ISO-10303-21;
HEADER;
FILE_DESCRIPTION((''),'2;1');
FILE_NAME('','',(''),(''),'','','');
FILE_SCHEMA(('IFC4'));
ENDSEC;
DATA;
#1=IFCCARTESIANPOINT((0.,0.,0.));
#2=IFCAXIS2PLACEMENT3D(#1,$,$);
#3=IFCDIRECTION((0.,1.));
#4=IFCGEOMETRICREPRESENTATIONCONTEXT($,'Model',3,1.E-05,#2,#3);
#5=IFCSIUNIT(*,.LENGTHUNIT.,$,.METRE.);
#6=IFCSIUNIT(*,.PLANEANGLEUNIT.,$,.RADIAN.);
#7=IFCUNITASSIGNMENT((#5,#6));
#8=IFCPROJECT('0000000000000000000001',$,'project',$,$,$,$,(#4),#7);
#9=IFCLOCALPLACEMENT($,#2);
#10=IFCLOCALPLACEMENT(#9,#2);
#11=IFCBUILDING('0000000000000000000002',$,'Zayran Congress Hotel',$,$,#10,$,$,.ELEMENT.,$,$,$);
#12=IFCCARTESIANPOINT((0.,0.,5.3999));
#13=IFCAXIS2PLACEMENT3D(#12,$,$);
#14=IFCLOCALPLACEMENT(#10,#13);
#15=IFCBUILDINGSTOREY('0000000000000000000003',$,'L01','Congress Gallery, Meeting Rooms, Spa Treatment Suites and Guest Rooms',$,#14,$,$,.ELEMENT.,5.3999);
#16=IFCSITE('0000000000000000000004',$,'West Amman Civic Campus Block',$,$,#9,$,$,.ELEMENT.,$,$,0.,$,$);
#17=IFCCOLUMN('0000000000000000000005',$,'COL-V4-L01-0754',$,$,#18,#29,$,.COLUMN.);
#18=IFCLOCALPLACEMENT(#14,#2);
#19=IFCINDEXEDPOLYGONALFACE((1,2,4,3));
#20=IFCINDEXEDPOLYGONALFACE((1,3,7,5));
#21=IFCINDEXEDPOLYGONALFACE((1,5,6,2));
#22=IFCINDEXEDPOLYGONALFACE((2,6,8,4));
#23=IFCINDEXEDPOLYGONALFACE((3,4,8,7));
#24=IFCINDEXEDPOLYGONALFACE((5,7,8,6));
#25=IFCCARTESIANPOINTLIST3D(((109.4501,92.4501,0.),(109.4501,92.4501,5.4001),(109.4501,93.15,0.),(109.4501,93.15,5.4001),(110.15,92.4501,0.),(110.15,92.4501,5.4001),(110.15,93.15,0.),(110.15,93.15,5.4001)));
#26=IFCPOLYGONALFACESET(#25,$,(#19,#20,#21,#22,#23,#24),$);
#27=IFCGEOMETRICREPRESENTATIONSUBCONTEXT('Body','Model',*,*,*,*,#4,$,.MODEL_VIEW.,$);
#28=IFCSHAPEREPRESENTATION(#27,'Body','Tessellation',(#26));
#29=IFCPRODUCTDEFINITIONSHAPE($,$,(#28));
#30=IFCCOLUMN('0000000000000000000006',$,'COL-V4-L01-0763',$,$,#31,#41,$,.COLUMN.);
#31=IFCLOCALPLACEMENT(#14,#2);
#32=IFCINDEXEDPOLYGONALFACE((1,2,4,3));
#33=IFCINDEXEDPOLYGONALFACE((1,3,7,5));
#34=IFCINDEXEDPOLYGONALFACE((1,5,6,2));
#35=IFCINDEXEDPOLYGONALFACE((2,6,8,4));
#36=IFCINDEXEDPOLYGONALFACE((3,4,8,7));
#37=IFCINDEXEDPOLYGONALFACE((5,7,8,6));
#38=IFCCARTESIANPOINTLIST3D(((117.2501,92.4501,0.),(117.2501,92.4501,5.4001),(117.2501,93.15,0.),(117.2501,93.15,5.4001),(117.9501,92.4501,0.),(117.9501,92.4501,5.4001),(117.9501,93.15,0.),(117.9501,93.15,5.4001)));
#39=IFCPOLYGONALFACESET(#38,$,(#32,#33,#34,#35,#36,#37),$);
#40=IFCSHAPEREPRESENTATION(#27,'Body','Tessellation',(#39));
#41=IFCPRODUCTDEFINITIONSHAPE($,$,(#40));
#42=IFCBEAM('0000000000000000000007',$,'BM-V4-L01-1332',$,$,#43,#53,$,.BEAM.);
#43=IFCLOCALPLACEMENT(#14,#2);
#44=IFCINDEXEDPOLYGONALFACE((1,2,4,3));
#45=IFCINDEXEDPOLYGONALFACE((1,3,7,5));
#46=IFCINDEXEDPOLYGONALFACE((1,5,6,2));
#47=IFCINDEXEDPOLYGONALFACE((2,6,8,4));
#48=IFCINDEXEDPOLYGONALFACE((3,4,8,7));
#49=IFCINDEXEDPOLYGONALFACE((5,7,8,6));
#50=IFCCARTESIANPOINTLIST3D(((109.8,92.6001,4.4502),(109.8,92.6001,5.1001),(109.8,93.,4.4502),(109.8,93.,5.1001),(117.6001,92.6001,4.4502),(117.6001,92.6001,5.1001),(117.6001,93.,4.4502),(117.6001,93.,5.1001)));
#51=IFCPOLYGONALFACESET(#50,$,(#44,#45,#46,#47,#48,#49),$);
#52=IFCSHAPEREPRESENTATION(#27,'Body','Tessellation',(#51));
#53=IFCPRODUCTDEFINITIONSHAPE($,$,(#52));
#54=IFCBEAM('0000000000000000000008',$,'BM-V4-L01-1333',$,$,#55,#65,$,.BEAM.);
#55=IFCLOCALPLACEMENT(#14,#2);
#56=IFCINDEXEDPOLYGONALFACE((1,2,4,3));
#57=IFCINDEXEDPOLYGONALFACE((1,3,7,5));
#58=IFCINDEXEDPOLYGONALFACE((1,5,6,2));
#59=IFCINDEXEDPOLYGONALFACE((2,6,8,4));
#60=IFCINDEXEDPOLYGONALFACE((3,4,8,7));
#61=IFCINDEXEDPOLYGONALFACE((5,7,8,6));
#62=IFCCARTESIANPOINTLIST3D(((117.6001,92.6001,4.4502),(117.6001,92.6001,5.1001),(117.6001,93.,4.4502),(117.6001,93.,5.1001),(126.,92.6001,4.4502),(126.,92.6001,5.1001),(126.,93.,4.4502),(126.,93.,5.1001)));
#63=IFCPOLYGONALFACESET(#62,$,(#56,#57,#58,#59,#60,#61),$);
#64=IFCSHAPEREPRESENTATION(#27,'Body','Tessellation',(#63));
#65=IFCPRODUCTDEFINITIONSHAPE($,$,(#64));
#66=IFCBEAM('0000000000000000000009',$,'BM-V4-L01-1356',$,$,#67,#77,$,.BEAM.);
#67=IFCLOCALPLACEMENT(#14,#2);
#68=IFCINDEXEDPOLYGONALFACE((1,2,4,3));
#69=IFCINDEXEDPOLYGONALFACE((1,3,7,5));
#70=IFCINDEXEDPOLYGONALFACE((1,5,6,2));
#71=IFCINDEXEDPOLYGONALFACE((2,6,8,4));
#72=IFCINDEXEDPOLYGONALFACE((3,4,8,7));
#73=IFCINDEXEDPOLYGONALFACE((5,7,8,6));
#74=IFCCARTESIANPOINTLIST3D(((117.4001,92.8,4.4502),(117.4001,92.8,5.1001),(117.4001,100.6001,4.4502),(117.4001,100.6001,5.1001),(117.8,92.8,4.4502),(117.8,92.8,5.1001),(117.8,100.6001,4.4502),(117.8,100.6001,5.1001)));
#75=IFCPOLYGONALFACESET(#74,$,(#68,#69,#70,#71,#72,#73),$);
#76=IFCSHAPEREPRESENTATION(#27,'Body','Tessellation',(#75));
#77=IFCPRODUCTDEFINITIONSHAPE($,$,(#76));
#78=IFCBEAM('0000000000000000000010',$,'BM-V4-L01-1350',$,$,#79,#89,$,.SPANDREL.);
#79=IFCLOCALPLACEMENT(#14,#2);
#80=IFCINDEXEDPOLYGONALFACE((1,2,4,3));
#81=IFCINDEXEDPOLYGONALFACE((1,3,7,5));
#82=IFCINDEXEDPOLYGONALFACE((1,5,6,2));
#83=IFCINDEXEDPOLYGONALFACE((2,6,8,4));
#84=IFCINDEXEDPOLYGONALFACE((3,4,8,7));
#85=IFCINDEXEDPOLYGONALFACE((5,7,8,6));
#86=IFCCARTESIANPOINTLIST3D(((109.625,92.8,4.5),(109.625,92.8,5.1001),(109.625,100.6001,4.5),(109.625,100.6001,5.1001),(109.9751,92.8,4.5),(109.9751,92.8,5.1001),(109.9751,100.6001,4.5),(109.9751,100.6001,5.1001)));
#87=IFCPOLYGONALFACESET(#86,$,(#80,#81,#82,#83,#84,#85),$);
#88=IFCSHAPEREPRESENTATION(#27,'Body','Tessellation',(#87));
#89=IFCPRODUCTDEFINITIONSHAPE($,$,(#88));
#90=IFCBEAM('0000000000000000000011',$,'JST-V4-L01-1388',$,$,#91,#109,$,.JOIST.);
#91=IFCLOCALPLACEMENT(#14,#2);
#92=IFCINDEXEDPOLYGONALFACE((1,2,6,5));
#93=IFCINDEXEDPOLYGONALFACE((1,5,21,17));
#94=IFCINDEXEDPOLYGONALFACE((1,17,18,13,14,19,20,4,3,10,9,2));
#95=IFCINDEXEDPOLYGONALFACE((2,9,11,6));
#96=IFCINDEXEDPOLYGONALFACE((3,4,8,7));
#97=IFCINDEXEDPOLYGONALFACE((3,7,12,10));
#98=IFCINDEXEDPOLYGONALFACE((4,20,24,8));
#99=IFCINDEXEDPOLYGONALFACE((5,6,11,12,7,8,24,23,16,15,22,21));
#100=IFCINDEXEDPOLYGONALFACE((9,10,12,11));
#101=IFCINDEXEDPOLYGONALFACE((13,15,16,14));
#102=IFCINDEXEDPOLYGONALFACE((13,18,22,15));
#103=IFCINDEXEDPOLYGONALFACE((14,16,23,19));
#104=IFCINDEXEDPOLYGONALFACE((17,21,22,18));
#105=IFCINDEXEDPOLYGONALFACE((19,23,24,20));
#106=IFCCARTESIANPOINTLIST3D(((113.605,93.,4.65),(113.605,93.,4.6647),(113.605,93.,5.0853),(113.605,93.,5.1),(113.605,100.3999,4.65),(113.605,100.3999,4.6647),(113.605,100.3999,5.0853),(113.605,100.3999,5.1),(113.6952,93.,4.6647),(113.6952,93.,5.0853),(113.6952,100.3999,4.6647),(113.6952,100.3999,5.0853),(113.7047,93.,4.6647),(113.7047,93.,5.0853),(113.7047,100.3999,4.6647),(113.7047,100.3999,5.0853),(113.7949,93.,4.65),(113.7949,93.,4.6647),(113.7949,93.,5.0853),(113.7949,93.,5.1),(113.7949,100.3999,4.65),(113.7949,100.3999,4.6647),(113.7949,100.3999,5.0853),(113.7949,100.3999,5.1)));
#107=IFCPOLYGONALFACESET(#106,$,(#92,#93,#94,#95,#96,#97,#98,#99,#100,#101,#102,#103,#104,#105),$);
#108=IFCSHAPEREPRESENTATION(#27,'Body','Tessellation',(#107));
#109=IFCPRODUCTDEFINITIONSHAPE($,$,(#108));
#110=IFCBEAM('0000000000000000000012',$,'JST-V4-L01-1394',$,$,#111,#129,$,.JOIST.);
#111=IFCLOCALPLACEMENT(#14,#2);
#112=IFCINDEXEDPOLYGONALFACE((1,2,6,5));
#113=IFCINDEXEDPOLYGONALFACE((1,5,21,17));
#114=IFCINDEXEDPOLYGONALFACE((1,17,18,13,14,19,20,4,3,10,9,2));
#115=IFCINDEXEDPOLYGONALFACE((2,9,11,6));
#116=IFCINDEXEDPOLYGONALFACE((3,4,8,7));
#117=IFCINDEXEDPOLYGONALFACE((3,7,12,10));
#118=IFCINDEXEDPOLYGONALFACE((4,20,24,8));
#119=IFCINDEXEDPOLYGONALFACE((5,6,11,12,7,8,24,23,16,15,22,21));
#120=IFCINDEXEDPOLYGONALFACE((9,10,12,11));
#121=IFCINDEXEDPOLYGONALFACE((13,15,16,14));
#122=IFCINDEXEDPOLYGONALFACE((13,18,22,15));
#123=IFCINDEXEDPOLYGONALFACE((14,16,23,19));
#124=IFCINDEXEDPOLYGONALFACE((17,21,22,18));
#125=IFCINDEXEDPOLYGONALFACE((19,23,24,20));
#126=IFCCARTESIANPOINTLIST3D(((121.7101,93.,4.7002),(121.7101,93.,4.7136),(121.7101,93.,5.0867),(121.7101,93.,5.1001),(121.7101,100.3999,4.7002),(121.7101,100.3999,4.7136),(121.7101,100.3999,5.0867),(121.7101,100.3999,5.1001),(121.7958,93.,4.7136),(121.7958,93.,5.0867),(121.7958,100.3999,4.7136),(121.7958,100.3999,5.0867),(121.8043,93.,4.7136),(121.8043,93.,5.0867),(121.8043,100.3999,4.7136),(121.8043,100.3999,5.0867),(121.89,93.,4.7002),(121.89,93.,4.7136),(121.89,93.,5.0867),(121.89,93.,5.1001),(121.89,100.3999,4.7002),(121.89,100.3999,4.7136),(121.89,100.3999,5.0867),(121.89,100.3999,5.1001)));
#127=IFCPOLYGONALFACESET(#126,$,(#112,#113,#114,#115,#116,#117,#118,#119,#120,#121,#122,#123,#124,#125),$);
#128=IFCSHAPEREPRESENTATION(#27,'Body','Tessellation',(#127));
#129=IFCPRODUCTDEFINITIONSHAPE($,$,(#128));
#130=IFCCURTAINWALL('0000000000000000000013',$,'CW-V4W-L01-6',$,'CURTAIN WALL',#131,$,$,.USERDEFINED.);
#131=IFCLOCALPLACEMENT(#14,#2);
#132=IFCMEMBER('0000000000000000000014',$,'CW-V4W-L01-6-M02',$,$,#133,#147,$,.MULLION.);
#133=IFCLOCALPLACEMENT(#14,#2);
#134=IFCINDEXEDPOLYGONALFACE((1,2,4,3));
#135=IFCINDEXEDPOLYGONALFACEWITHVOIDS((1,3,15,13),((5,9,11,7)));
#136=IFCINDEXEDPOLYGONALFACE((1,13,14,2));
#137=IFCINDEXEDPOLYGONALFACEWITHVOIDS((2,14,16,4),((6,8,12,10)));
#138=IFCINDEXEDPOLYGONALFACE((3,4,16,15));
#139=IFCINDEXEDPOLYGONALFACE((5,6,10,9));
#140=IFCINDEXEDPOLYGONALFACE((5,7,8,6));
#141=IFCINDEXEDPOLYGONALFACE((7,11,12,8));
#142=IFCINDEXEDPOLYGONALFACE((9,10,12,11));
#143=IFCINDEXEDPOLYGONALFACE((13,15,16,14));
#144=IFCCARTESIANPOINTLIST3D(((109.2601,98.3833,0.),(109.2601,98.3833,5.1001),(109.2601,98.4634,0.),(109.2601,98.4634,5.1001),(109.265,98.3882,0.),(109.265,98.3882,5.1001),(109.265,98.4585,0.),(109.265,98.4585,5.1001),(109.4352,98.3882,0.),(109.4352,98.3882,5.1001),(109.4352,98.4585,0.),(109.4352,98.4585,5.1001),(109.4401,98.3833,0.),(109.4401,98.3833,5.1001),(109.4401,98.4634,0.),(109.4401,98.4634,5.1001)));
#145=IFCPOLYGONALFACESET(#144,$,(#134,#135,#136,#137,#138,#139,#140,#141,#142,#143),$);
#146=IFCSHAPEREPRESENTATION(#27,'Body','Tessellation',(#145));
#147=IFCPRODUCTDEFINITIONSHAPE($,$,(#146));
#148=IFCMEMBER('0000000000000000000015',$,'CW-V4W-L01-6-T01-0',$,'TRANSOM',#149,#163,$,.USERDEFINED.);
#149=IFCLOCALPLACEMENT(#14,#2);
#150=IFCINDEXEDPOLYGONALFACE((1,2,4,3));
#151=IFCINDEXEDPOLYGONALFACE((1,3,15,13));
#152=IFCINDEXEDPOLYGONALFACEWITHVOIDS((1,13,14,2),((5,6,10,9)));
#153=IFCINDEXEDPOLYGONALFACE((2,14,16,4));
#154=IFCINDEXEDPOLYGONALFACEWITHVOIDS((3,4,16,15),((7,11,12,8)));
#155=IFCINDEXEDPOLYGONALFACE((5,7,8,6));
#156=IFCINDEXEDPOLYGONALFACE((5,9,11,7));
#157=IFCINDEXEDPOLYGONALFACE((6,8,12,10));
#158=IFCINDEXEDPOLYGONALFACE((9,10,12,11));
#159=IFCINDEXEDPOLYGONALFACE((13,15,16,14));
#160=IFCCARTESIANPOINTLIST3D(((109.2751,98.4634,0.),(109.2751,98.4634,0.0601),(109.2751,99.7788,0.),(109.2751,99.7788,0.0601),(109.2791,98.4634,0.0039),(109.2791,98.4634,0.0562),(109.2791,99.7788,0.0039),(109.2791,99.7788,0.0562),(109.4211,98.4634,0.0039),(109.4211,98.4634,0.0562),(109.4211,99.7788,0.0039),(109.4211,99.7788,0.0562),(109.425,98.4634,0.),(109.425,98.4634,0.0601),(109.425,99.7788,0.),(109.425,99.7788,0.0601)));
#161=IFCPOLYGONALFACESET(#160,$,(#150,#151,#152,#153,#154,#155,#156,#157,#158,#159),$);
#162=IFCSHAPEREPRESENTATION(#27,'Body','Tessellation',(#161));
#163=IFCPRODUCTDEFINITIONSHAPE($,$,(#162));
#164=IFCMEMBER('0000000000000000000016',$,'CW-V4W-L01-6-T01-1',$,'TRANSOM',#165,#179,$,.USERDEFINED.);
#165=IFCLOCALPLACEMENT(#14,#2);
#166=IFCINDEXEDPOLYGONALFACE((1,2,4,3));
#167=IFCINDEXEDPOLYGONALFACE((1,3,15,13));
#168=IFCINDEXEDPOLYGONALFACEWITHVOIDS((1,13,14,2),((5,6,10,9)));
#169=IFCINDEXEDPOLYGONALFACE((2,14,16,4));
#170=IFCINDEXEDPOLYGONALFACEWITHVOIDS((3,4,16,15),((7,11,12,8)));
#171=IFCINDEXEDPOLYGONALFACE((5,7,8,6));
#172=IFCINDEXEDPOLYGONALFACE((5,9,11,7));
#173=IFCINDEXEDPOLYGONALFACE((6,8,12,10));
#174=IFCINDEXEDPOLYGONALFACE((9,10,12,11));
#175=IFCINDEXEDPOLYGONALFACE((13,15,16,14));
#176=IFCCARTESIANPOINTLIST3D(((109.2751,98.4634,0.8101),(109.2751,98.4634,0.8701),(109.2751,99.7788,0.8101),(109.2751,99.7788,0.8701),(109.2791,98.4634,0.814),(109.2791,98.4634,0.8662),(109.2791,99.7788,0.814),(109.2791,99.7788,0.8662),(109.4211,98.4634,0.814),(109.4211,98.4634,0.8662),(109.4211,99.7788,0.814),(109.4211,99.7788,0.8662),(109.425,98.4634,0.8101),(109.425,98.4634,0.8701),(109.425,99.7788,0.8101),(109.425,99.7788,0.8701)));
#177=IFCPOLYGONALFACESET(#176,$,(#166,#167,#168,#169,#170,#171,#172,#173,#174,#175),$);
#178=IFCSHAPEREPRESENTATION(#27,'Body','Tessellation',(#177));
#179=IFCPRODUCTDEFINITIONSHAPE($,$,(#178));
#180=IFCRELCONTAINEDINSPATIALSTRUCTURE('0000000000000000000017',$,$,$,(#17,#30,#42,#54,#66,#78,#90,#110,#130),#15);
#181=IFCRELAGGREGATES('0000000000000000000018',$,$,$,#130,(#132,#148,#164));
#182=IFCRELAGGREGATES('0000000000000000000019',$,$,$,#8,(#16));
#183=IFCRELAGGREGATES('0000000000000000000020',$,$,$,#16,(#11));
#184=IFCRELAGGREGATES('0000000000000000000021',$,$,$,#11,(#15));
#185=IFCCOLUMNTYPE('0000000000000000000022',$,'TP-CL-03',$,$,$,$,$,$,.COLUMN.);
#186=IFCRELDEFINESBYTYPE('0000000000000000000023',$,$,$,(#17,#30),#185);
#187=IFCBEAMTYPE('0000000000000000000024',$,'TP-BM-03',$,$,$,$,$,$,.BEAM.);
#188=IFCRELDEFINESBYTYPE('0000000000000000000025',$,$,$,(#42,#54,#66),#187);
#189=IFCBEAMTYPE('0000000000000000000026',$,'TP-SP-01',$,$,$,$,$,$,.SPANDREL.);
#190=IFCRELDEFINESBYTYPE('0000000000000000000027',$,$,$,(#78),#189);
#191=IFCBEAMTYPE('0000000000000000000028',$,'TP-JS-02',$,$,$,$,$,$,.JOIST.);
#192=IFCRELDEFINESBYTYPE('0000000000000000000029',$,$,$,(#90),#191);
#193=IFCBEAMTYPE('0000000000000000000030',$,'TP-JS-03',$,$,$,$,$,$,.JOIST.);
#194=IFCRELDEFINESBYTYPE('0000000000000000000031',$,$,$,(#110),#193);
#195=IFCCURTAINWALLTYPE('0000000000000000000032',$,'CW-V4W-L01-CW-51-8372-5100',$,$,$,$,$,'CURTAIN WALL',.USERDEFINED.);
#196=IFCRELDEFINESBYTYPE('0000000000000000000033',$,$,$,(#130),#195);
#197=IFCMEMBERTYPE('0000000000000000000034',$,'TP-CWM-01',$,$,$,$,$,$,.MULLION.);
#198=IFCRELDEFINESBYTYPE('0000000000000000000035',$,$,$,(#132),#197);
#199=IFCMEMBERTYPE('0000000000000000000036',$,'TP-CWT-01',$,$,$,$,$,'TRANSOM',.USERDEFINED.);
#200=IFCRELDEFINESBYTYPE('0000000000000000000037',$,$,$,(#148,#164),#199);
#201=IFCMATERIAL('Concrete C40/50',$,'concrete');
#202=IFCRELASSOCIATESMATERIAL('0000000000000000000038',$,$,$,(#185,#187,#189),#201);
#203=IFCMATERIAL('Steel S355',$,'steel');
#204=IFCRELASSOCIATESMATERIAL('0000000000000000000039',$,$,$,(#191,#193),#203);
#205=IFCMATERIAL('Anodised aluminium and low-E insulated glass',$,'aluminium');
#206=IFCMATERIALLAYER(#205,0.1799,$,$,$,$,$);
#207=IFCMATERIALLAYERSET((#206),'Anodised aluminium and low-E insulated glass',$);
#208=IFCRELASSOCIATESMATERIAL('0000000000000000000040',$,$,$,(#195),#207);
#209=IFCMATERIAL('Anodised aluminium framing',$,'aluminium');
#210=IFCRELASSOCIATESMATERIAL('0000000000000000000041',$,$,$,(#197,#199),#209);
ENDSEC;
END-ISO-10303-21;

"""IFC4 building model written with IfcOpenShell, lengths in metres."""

from ifc_helpers import new_model, si_unit, direction, frame, origin, origin_2d, place, context, subcontext, project, spatial, rectangle, hollow_rectangle, i_section, extrude, material, layer, layer_set, material_profile, profile_set, type_object, element, aggregate, save


model = new_model("IFC4")

# Units and contexts
model_context = context("Model", 3, precision=1e-05, world=origin(), true_north=direction((0.0, 1.0)))
body_context = subcontext(model_context, "Body", "Model", "MODEL_VIEW")
ifc_project = project(units=[si_unit("LENGTHUNIT", "METRE"), si_unit("PLANEANGLEUNIT", "RADIAN")], contexts=[model_context])

# Site, building, storey
site_placement = place(None, origin())
site = spatial("IfcSite", under=ifc_project, at=site_placement, Name="West Amman Civic Campus Block", CompositionType="ELEMENT", RefElevation=0.0)
building_placement = place(site_placement, origin())
building = spatial("IfcBuilding", under=site, at=building_placement, Name="Zayran Congress Hotel", CompositionType="ELEMENT")
storey_placement = place(building_placement, frame((0.0, 0.0, 5.3999)))
storey = spatial("IfcBuildingStorey", under=building, at=storey_placement, Name="L01", Description="Congress Gallery, Meeting Rooms, Spa Treatment Suites and Guest Rooms", CompositionType="ELEMENT", Elevation=5.3999)

# Columns
ifc_material_1 = material(Name="Concrete C40/50", Category="concrete")
ifc_material_profile_1 = material_profile(ifc_material_1, rectangle(XDim=0.7, YDim=0.7, at=origin_2d()), Name="RC 700x700")
ifc_profile_set_1 = profile_set([ifc_material_profile_1], Name="Concrete C40/50")
column_type = type_object("IfcColumnType", Name="TP-CL-03", PredefinedType="COLUMN", material=ifc_profile_set_1)
for number, where, z_axis, x_axis, name in (
    (1, (109.8, 92.8, 0.0), (0.0, 0.0, 1.0), (1.0, 0.0, 0.0), "COL-V4-L01-0754"),
    (2, (117.6001, 92.8, 0.0), (0.0, 0.0, 1.0), (1.0, 0.0, 0.0), "COL-V4-L01-0763"),
):
    element("IfcColumn", number, at=place(storey_placement, frame(where, z_axis=z_axis, x_axis=x_axis)), inside=storey, type_object=column_type, Name=name, PredefinedType="COLUMN", context=body_context, shape_type="SweptSolid", body=[
        extrude(rectangle(XDim=0.7, YDim=0.7, at=origin_2d()), origin(), (0.0, 0.0, 1.0), 5.4001),
    ])

# Beams
ifc_material_profile_2 = material_profile(ifc_material_1, rectangle(XDim=0.3999, YDim=0.6499, at=origin_2d()), Name="RC 400x650")
ifc_profile_set_2 = profile_set([ifc_material_profile_2], Name="Concrete C40/50")
beam_type_1 = type_object("IfcBeamType", Name="TP-BM-03", PredefinedType="BEAM", material=ifc_profile_set_2)
beam_1_placement = place(storey_placement, frame((109.8, 92.8, 4.7751), z_axis=(1.0, 0.0, 0.0), x_axis=(0.0, 1.0, 0.0)))
element("IfcBeam", 3, at=beam_1_placement, inside=storey, type_object=beam_type_1, Name="BM-V4-L01-1332", PredefinedType="BEAM", context=body_context, shape_type="SweptSolid", body=[
    extrude(rectangle(XDim=0.3999, YDim=0.6499, at=origin_2d()), origin(), (0.0, 0.0, 1.0), 7.8),
])
beam_2_placement = place(storey_placement, frame((117.6001, 92.8, 4.7751), z_axis=(1.0, 0.0, 0.0), x_axis=(0.0, 1.0, 0.0)))
element("IfcBeam", 4, at=beam_2_placement, inside=storey, type_object=beam_type_1, Name="BM-V4-L01-1333", PredefinedType="BEAM", context=body_context, shape_type="SweptSolid", body=[
    extrude(rectangle(XDim=0.3999, YDim=0.6499, at=origin_2d()), origin(), (0.0, 0.0, 1.0), 8.3999),
])
beam_3_placement = place(storey_placement, frame((117.6001, 92.8, 4.7751), z_axis=(0.0, 1.0, 0.0), x_axis=(-1.0, 0.0, 0.0)))
element("IfcBeam", 5, at=beam_3_placement, inside=storey, type_object=beam_type_1, Name="BM-V4-L01-1356", PredefinedType="BEAM", context=body_context, shape_type="SweptSolid", body=[
    extrude(rectangle(XDim=0.3999, YDim=0.6499, at=origin_2d()), origin(), (0.0, 0.0, 1.0), 7.8),
])
ifc_material_profile_3 = material_profile(ifc_material_1, rectangle(XDim=0.3501, YDim=0.6001, at=origin_2d()), Name="RC 350x600")
ifc_profile_set_3 = profile_set([ifc_material_profile_3], Name="Concrete C40/50")
beam_type_2 = type_object("IfcBeamType", Name="TP-SP-01", PredefinedType="SPANDREL", material=ifc_profile_set_3)
beam_4_placement = place(storey_placement, frame((109.8, 92.8, 4.8), z_axis=(0.0, 1.0, 0.0), x_axis=(-1.0, 0.0, 0.0)))
element("IfcBeam", 6, at=beam_4_placement, inside=storey, type_object=beam_type_2, Name="BM-V4-L01-1350", PredefinedType="SPANDREL", context=body_context, shape_type="SweptSolid", body=[
    extrude(rectangle(XDim=0.3501, YDim=0.6001, at=origin_2d()), origin(), (0.0, 0.0, 1.0), 7.8),
])
ifc_material_2 = material(Name="Steel S355", Category="steel")
ifc_material_profile_4 = material_profile(ifc_material_2, i_section(OverallWidth=0.1899, OverallDepth=0.45, WebThickness=0.0095, FlangeThickness=0.0146, at=origin_2d()), Name="IPE 450")
ifc_profile_set_4 = profile_set([ifc_material_profile_4], Name="Steel S355")
beam_type_3 = type_object("IfcBeamType", Name="TP-JS-02", PredefinedType="JOIST", material=ifc_profile_set_4)
beam_5_placement = place(storey_placement, frame((113.7, 93.0, 4.875), z_axis=(0.0, 1.0, 0.0), x_axis=(-1.0, 0.0, 0.0)))
element("IfcBeam", 7, at=beam_5_placement, inside=storey, type_object=beam_type_3, Name="JST-V4-L01-1388", PredefinedType="JOIST", context=body_context, shape_type="SweptSolid", body=[
    extrude(i_section(OverallWidth=0.1899, OverallDepth=0.45, WebThickness=0.0095, FlangeThickness=0.0146, at=origin_2d()), origin(), (0.0, 0.0, 1.0), 7.3999),
])
ifc_material_profile_5 = material_profile(ifc_material_2, i_section(OverallWidth=0.1799, OverallDepth=0.3999, WebThickness=0.0085, FlangeThickness=0.0134, at=origin_2d()), Name="IPE 400")
ifc_profile_set_5 = profile_set([ifc_material_profile_5], Name="Steel S355")
beam_type_4 = type_object("IfcBeamType", Name="TP-JS-03", PredefinedType="JOIST", material=ifc_profile_set_5)
beam_6_placement = place(storey_placement, frame((121.8, 93.0, 4.9001), z_axis=(0.0, 1.0, 0.0), x_axis=(-1.0, 0.0, 0.0)))
element("IfcBeam", 8, at=beam_6_placement, inside=storey, type_object=beam_type_4, Name="JST-V4-L01-1394", PredefinedType="JOIST", context=body_context, shape_type="SweptSolid", body=[
    extrude(i_section(OverallWidth=0.1799, OverallDepth=0.3999, WebThickness=0.0085, FlangeThickness=0.0134, at=origin_2d()), origin(), (0.0, 0.0, 1.0), 7.3999),
])

# Curtain wall, members
ifc_material_3 = material(Name="Anodised aluminium and low-E insulated glass", Category="aluminium")
ifc_layer_1 = layer(ifc_material_3, 0.1799)
ifc_layer_set_1 = layer_set([ifc_layer_1], Name="Anodised aluminium and low-E insulated glass")
curtain_wall_type = type_object("IfcCurtainWallType", Name="CW-V4W-L01-CW-51-8372-5100", ElementType="CURTAIN WALL", PredefinedType="USERDEFINED", material=ifc_layer_set_1)
curtain_wall_placement = place(storey_placement, origin())
curtain_wall = element("IfcCurtainWall", 9, at=curtain_wall_placement, inside=storey, type_object=curtain_wall_type, Name="CW-V4W-L01-6", ObjectType="CURTAIN WALL", PredefinedType="USERDEFINED")
ifc_material_4 = material(Name="Anodised aluminium framing", Category="aluminium")
ifc_material_profile_6 = material_profile(ifc_material_4, hollow_rectangle(XDim=0.0801, YDim=0.1799, WallThickness=0.0049, at=origin_2d()), Name="RHS 180x80x5")
ifc_profile_set_6 = profile_set([ifc_material_profile_6], Name="Anodised aluminium framing")
member_type_1 = type_object("IfcMemberType", Name="TP-CWM-01", PredefinedType="MULLION", material=ifc_profile_set_6)
member_1_placement = place(storey_placement, frame((109.3501, 98.4233, 0.0), z_axis=(0.0, 0.0, 1.0), x_axis=(0.0, 1.0, 0.0)))
member_1 = element("IfcMember", 10, at=member_1_placement, type_object=member_type_1, Name="CW-V4W-L01-6-M02", PredefinedType="MULLION", context=body_context, shape_type="SweptSolid", body=[
    extrude(hollow_rectangle(XDim=0.0801, YDim=0.1799, WallThickness=0.0049, at=origin_2d()), origin(), (0.0, 0.0, 1.0), 5.1001),
])
ifc_material_profile_7 = material_profile(ifc_material_4, hollow_rectangle(XDim=0.0601, YDim=0.1499, WallThickness=0.0039, at=origin_2d()), Name="RHS 150x60x4")
ifc_profile_set_7 = profile_set([ifc_material_profile_7], Name="Anodised aluminium framing")
member_type_2 = type_object("IfcMemberType", Name="TP-CWT-01", ElementType="TRANSOM", PredefinedType="USERDEFINED", material=ifc_profile_set_7)
member_2_placement = place(storey_placement, frame((109.3501, 99.7788, 0.03), z_axis=(0.0, -1.0, 0.0), x_axis=(0.0, 0.0, 1.0)))
member_2 = element("IfcMember", 11, at=member_2_placement, type_object=member_type_2, Name="CW-V4W-L01-6-T01-0", ObjectType="TRANSOM", PredefinedType="USERDEFINED", context=body_context, shape_type="SweptSolid", body=[
    extrude(hollow_rectangle(XDim=0.0601, YDim=0.1499, WallThickness=0.0039, at=origin_2d()), origin(), (0.0, 0.0, 1.0), 1.3154),
])
member_3_placement = place(storey_placement, frame((109.3501, 99.7788, 0.8401), z_axis=(0.0, -1.0, 0.0), x_axis=(0.0, 0.0, 1.0)))
member_3 = element("IfcMember", 12, at=member_3_placement, type_object=member_type_2, Name="CW-V4W-L01-6-T01-1", ObjectType="TRANSOM", PredefinedType="USERDEFINED", context=body_context, shape_type="SweptSolid", body=[
    extrude(hollow_rectangle(XDim=0.0601, YDim=0.1499, WallThickness=0.0039, at=origin_2d()), origin(), (0.0, 0.0, 1.0), 1.3154),
])
aggregate(curtain_wall, [member_1, member_2, member_3])

save(model, "model.ifc")
